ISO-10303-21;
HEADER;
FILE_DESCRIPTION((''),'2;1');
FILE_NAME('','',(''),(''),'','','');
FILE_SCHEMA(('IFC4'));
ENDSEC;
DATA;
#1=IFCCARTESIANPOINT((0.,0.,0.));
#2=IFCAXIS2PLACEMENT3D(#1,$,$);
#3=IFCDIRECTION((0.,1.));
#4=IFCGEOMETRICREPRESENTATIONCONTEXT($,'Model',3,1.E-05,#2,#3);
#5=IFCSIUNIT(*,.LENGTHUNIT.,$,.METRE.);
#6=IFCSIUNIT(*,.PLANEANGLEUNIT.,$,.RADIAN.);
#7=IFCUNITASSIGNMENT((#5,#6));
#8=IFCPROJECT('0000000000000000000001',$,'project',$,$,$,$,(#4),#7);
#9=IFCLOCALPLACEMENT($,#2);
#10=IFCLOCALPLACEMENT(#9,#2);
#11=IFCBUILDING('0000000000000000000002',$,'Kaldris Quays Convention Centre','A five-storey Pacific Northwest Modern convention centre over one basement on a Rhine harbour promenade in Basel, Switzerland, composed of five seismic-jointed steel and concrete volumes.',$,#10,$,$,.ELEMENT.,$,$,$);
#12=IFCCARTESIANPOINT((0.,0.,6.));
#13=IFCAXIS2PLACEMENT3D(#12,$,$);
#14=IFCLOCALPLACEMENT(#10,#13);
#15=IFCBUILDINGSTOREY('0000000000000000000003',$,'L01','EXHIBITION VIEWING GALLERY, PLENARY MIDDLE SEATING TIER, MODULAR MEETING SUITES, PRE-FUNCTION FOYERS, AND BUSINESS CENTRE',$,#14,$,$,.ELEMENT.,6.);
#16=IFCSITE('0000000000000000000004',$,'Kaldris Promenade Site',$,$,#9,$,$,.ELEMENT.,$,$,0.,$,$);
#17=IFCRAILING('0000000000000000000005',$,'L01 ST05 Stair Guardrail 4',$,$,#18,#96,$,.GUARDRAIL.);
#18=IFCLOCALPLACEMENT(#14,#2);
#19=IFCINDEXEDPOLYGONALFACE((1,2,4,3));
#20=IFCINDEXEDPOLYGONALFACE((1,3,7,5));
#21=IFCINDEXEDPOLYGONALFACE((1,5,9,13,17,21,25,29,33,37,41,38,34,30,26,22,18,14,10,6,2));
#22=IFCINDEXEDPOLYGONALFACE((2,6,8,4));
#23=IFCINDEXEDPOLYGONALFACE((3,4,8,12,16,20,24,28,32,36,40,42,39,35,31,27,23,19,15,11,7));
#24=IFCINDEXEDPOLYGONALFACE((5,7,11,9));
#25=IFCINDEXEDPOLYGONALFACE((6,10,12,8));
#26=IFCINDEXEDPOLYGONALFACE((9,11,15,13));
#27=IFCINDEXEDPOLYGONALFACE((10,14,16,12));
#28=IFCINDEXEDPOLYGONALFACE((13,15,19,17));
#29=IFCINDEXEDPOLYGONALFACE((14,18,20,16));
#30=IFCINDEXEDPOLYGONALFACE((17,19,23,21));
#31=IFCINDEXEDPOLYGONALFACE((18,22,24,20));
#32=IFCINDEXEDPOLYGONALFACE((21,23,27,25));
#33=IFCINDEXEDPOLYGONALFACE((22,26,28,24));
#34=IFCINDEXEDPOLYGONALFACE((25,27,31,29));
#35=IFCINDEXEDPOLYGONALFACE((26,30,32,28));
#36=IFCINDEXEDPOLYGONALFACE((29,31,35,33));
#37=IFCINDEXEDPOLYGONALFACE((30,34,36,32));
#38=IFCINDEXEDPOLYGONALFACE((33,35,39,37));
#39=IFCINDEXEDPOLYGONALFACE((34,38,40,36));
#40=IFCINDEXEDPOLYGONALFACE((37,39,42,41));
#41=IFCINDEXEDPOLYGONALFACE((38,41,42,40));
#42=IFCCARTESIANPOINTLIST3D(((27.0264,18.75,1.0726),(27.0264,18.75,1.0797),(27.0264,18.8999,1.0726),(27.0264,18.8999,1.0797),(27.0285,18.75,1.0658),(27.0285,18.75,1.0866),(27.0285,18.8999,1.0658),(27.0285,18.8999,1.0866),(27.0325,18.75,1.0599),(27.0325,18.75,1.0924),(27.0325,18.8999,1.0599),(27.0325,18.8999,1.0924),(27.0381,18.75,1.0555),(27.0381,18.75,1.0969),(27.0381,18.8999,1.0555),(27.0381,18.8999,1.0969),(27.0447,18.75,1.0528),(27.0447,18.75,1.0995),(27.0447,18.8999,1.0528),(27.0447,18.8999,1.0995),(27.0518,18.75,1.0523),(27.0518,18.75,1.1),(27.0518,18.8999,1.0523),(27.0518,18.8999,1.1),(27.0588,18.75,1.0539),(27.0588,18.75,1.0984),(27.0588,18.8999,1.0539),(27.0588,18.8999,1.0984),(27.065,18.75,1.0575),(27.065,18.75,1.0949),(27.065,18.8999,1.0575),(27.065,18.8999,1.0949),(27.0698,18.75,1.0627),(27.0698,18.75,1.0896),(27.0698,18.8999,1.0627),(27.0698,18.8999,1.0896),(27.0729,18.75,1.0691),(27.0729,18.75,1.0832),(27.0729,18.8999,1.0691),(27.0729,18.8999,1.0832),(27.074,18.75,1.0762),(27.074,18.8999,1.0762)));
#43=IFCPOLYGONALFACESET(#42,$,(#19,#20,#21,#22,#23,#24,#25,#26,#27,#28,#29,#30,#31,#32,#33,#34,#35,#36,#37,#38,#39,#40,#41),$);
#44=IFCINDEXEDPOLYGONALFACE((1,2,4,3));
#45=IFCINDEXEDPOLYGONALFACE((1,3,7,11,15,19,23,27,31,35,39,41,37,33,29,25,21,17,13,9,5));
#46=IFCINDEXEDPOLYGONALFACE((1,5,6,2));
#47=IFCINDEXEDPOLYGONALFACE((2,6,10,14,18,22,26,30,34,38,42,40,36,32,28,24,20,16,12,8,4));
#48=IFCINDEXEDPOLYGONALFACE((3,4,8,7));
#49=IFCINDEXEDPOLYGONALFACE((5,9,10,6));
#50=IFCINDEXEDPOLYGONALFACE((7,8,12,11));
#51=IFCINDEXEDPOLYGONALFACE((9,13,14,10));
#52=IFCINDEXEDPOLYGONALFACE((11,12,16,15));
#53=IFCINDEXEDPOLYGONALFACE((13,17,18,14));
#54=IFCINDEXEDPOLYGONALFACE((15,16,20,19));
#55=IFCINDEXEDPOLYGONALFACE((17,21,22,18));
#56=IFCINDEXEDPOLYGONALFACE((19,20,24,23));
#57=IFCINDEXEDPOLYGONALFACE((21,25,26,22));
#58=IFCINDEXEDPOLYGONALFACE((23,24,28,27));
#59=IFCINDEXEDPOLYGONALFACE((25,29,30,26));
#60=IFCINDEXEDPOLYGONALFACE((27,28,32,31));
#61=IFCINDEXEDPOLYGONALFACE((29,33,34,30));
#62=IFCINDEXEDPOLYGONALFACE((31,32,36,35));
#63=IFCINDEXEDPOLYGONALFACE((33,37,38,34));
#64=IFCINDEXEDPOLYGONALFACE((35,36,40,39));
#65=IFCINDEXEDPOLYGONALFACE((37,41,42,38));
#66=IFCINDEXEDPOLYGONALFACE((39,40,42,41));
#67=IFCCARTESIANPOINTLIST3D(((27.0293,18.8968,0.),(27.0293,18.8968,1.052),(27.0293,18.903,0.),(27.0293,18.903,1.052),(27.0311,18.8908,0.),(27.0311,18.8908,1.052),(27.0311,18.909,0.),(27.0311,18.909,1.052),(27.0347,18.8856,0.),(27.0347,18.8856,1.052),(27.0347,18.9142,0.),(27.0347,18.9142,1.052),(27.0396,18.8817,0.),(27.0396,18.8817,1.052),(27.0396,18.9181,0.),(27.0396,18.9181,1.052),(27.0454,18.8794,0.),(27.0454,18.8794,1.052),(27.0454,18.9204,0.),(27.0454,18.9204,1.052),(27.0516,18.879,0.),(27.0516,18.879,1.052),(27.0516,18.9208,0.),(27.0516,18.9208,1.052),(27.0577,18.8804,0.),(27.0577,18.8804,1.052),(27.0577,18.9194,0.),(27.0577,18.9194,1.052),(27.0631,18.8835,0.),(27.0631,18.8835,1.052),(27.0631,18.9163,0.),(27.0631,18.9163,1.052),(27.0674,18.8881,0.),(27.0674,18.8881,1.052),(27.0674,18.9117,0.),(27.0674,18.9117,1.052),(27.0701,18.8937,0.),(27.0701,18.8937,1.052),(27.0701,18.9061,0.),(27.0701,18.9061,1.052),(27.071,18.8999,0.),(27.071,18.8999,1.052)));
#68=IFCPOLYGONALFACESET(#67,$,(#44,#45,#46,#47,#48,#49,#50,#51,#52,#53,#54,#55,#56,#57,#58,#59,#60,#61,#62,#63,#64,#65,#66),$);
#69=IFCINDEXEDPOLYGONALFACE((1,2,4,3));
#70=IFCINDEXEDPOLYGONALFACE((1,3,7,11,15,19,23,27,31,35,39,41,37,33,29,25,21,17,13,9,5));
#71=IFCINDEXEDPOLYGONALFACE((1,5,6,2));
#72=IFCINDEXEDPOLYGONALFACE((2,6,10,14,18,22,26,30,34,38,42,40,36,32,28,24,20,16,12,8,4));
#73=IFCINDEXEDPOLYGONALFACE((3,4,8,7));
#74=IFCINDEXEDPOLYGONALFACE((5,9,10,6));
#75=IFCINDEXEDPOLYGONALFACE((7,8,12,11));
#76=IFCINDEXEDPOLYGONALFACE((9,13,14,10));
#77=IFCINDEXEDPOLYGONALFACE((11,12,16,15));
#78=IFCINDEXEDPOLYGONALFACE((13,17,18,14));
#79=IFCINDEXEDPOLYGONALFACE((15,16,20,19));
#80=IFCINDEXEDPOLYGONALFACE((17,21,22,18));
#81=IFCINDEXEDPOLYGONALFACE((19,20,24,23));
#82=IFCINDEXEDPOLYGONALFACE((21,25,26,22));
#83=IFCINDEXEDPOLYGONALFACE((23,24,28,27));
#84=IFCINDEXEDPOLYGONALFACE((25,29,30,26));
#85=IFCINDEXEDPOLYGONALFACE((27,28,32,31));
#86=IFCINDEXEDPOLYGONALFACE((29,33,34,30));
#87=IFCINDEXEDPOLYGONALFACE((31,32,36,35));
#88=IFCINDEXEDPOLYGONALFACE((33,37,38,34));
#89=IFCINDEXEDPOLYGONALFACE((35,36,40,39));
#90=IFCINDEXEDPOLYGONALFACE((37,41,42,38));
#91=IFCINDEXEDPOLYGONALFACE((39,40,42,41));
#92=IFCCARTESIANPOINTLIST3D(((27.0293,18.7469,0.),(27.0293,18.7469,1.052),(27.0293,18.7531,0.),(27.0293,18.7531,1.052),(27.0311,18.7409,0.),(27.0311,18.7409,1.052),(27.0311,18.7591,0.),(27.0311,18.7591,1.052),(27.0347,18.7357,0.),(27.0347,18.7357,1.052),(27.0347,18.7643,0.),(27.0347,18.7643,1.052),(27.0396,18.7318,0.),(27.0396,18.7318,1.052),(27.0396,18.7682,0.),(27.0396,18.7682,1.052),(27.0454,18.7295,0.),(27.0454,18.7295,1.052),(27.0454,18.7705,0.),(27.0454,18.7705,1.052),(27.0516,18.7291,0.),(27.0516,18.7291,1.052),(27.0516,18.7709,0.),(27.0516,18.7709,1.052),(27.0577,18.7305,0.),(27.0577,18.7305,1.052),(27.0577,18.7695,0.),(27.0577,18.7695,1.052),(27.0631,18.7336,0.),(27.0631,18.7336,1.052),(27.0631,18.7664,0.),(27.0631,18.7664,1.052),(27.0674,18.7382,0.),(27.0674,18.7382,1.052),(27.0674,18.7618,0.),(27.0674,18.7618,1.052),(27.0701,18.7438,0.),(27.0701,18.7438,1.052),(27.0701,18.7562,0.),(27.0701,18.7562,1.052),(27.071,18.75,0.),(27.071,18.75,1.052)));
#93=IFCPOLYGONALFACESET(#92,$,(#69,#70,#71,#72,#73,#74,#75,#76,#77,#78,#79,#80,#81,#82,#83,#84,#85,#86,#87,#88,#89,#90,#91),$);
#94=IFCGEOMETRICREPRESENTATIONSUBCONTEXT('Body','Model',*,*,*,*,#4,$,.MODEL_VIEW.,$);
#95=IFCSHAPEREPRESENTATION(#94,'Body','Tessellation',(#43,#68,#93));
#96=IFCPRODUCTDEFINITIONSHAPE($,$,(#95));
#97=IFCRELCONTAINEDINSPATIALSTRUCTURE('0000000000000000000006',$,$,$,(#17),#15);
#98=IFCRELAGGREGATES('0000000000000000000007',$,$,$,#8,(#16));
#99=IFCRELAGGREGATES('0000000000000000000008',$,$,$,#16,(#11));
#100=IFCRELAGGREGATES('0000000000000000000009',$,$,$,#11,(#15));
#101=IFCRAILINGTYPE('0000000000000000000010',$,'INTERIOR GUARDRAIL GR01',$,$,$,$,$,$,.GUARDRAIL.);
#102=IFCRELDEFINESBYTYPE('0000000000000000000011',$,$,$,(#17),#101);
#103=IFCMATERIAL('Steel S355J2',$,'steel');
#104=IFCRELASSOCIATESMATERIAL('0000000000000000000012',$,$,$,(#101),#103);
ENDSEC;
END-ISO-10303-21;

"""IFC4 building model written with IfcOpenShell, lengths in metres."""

from ifc_helpers import new_model, si_unit, direction, frame, origin, origin_2d, place, context, subcontext, project, spatial, circle, extrude, material, type_object, element, save


model = new_model("IFC4")

# Units and contexts
model_context = context("Model", 3, precision=1e-05, world=origin(), true_north=direction((0.0, 1.0)))
body_context = subcontext(model_context, "Body", "Model", "MODEL_VIEW")
ifc_project = project(units=[si_unit("LENGTHUNIT", "METRE"), si_unit("PLANEANGLEUNIT", "RADIAN")], contexts=[model_context])

# Site, building, storey
site_placement = place(None, origin())
site = spatial("IfcSite", under=ifc_project, at=site_placement, Name="Kaldris Promenade Site", CompositionType="ELEMENT", RefElevation=0.0)
building_placement = place(site_placement, origin())
building = spatial("IfcBuilding", under=site, at=building_placement, Name="Kaldris Quays Convention Centre", Description="A five-storey Pacific Northwest Modern convention centre over one basement on a Rhine harbour promenade in Basel, Switzerland, composed of five seismic-jointed steel and concrete volumes.", CompositionType="ELEMENT")
storey_placement = place(building_placement, frame((0.0, 0.0, 6.0)))
storey = spatial("IfcBuildingStorey", under=building, at=storey_placement, Name="L01", Description="EXHIBITION VIEWING GALLERY, PLENARY MIDDLE SEATING TIER, MODULAR MEETING SUITES, PRE-FUNCTION FOYERS, AND BUSINESS CENTRE", CompositionType="ELEMENT", Elevation=6.0)

# Shared definitions
ifc_material_1 = material(Name="Steel S355J2", Category="steel")

# Railing
railing_type_1 = type_object("IfcRailingType", Name="INTERIOR GUARDRAIL GR01", PredefinedType="GUARDRAIL", material=ifc_material_1)
railing_1_placement = place(storey_placement, frame((27.05, 18.8999, 0.0)))
element("IfcRailing", 1, at=railing_1_placement, inside=storey, type_object=railing_type_1, Name="L01 ST05 Stair Guardrail 4", PredefinedType="GUARDRAIL", context=body_context, shape_type="SweptSolid", body=[
    extrude(circle(Radius=0.0239, at=origin_2d()), frame((0.0, 0.0, 1.0762), z_axis=(0.0, -1.0, 0.0), x_axis=(1.0, 0.0, 0.0)), (0.0, 0.0, 1.0), 0.1499),
    extrude(circle(Radius=0.021, at=origin_2d()), origin(), (0.0, 0.0, 1.0), 1.052),
    extrude(circle(Radius=0.021, at=origin_2d()), frame((0.0, -0.1499, 0.0)), (0.0, 0.0, 1.0), 1.052),
])

save(model, "model.ifc")
